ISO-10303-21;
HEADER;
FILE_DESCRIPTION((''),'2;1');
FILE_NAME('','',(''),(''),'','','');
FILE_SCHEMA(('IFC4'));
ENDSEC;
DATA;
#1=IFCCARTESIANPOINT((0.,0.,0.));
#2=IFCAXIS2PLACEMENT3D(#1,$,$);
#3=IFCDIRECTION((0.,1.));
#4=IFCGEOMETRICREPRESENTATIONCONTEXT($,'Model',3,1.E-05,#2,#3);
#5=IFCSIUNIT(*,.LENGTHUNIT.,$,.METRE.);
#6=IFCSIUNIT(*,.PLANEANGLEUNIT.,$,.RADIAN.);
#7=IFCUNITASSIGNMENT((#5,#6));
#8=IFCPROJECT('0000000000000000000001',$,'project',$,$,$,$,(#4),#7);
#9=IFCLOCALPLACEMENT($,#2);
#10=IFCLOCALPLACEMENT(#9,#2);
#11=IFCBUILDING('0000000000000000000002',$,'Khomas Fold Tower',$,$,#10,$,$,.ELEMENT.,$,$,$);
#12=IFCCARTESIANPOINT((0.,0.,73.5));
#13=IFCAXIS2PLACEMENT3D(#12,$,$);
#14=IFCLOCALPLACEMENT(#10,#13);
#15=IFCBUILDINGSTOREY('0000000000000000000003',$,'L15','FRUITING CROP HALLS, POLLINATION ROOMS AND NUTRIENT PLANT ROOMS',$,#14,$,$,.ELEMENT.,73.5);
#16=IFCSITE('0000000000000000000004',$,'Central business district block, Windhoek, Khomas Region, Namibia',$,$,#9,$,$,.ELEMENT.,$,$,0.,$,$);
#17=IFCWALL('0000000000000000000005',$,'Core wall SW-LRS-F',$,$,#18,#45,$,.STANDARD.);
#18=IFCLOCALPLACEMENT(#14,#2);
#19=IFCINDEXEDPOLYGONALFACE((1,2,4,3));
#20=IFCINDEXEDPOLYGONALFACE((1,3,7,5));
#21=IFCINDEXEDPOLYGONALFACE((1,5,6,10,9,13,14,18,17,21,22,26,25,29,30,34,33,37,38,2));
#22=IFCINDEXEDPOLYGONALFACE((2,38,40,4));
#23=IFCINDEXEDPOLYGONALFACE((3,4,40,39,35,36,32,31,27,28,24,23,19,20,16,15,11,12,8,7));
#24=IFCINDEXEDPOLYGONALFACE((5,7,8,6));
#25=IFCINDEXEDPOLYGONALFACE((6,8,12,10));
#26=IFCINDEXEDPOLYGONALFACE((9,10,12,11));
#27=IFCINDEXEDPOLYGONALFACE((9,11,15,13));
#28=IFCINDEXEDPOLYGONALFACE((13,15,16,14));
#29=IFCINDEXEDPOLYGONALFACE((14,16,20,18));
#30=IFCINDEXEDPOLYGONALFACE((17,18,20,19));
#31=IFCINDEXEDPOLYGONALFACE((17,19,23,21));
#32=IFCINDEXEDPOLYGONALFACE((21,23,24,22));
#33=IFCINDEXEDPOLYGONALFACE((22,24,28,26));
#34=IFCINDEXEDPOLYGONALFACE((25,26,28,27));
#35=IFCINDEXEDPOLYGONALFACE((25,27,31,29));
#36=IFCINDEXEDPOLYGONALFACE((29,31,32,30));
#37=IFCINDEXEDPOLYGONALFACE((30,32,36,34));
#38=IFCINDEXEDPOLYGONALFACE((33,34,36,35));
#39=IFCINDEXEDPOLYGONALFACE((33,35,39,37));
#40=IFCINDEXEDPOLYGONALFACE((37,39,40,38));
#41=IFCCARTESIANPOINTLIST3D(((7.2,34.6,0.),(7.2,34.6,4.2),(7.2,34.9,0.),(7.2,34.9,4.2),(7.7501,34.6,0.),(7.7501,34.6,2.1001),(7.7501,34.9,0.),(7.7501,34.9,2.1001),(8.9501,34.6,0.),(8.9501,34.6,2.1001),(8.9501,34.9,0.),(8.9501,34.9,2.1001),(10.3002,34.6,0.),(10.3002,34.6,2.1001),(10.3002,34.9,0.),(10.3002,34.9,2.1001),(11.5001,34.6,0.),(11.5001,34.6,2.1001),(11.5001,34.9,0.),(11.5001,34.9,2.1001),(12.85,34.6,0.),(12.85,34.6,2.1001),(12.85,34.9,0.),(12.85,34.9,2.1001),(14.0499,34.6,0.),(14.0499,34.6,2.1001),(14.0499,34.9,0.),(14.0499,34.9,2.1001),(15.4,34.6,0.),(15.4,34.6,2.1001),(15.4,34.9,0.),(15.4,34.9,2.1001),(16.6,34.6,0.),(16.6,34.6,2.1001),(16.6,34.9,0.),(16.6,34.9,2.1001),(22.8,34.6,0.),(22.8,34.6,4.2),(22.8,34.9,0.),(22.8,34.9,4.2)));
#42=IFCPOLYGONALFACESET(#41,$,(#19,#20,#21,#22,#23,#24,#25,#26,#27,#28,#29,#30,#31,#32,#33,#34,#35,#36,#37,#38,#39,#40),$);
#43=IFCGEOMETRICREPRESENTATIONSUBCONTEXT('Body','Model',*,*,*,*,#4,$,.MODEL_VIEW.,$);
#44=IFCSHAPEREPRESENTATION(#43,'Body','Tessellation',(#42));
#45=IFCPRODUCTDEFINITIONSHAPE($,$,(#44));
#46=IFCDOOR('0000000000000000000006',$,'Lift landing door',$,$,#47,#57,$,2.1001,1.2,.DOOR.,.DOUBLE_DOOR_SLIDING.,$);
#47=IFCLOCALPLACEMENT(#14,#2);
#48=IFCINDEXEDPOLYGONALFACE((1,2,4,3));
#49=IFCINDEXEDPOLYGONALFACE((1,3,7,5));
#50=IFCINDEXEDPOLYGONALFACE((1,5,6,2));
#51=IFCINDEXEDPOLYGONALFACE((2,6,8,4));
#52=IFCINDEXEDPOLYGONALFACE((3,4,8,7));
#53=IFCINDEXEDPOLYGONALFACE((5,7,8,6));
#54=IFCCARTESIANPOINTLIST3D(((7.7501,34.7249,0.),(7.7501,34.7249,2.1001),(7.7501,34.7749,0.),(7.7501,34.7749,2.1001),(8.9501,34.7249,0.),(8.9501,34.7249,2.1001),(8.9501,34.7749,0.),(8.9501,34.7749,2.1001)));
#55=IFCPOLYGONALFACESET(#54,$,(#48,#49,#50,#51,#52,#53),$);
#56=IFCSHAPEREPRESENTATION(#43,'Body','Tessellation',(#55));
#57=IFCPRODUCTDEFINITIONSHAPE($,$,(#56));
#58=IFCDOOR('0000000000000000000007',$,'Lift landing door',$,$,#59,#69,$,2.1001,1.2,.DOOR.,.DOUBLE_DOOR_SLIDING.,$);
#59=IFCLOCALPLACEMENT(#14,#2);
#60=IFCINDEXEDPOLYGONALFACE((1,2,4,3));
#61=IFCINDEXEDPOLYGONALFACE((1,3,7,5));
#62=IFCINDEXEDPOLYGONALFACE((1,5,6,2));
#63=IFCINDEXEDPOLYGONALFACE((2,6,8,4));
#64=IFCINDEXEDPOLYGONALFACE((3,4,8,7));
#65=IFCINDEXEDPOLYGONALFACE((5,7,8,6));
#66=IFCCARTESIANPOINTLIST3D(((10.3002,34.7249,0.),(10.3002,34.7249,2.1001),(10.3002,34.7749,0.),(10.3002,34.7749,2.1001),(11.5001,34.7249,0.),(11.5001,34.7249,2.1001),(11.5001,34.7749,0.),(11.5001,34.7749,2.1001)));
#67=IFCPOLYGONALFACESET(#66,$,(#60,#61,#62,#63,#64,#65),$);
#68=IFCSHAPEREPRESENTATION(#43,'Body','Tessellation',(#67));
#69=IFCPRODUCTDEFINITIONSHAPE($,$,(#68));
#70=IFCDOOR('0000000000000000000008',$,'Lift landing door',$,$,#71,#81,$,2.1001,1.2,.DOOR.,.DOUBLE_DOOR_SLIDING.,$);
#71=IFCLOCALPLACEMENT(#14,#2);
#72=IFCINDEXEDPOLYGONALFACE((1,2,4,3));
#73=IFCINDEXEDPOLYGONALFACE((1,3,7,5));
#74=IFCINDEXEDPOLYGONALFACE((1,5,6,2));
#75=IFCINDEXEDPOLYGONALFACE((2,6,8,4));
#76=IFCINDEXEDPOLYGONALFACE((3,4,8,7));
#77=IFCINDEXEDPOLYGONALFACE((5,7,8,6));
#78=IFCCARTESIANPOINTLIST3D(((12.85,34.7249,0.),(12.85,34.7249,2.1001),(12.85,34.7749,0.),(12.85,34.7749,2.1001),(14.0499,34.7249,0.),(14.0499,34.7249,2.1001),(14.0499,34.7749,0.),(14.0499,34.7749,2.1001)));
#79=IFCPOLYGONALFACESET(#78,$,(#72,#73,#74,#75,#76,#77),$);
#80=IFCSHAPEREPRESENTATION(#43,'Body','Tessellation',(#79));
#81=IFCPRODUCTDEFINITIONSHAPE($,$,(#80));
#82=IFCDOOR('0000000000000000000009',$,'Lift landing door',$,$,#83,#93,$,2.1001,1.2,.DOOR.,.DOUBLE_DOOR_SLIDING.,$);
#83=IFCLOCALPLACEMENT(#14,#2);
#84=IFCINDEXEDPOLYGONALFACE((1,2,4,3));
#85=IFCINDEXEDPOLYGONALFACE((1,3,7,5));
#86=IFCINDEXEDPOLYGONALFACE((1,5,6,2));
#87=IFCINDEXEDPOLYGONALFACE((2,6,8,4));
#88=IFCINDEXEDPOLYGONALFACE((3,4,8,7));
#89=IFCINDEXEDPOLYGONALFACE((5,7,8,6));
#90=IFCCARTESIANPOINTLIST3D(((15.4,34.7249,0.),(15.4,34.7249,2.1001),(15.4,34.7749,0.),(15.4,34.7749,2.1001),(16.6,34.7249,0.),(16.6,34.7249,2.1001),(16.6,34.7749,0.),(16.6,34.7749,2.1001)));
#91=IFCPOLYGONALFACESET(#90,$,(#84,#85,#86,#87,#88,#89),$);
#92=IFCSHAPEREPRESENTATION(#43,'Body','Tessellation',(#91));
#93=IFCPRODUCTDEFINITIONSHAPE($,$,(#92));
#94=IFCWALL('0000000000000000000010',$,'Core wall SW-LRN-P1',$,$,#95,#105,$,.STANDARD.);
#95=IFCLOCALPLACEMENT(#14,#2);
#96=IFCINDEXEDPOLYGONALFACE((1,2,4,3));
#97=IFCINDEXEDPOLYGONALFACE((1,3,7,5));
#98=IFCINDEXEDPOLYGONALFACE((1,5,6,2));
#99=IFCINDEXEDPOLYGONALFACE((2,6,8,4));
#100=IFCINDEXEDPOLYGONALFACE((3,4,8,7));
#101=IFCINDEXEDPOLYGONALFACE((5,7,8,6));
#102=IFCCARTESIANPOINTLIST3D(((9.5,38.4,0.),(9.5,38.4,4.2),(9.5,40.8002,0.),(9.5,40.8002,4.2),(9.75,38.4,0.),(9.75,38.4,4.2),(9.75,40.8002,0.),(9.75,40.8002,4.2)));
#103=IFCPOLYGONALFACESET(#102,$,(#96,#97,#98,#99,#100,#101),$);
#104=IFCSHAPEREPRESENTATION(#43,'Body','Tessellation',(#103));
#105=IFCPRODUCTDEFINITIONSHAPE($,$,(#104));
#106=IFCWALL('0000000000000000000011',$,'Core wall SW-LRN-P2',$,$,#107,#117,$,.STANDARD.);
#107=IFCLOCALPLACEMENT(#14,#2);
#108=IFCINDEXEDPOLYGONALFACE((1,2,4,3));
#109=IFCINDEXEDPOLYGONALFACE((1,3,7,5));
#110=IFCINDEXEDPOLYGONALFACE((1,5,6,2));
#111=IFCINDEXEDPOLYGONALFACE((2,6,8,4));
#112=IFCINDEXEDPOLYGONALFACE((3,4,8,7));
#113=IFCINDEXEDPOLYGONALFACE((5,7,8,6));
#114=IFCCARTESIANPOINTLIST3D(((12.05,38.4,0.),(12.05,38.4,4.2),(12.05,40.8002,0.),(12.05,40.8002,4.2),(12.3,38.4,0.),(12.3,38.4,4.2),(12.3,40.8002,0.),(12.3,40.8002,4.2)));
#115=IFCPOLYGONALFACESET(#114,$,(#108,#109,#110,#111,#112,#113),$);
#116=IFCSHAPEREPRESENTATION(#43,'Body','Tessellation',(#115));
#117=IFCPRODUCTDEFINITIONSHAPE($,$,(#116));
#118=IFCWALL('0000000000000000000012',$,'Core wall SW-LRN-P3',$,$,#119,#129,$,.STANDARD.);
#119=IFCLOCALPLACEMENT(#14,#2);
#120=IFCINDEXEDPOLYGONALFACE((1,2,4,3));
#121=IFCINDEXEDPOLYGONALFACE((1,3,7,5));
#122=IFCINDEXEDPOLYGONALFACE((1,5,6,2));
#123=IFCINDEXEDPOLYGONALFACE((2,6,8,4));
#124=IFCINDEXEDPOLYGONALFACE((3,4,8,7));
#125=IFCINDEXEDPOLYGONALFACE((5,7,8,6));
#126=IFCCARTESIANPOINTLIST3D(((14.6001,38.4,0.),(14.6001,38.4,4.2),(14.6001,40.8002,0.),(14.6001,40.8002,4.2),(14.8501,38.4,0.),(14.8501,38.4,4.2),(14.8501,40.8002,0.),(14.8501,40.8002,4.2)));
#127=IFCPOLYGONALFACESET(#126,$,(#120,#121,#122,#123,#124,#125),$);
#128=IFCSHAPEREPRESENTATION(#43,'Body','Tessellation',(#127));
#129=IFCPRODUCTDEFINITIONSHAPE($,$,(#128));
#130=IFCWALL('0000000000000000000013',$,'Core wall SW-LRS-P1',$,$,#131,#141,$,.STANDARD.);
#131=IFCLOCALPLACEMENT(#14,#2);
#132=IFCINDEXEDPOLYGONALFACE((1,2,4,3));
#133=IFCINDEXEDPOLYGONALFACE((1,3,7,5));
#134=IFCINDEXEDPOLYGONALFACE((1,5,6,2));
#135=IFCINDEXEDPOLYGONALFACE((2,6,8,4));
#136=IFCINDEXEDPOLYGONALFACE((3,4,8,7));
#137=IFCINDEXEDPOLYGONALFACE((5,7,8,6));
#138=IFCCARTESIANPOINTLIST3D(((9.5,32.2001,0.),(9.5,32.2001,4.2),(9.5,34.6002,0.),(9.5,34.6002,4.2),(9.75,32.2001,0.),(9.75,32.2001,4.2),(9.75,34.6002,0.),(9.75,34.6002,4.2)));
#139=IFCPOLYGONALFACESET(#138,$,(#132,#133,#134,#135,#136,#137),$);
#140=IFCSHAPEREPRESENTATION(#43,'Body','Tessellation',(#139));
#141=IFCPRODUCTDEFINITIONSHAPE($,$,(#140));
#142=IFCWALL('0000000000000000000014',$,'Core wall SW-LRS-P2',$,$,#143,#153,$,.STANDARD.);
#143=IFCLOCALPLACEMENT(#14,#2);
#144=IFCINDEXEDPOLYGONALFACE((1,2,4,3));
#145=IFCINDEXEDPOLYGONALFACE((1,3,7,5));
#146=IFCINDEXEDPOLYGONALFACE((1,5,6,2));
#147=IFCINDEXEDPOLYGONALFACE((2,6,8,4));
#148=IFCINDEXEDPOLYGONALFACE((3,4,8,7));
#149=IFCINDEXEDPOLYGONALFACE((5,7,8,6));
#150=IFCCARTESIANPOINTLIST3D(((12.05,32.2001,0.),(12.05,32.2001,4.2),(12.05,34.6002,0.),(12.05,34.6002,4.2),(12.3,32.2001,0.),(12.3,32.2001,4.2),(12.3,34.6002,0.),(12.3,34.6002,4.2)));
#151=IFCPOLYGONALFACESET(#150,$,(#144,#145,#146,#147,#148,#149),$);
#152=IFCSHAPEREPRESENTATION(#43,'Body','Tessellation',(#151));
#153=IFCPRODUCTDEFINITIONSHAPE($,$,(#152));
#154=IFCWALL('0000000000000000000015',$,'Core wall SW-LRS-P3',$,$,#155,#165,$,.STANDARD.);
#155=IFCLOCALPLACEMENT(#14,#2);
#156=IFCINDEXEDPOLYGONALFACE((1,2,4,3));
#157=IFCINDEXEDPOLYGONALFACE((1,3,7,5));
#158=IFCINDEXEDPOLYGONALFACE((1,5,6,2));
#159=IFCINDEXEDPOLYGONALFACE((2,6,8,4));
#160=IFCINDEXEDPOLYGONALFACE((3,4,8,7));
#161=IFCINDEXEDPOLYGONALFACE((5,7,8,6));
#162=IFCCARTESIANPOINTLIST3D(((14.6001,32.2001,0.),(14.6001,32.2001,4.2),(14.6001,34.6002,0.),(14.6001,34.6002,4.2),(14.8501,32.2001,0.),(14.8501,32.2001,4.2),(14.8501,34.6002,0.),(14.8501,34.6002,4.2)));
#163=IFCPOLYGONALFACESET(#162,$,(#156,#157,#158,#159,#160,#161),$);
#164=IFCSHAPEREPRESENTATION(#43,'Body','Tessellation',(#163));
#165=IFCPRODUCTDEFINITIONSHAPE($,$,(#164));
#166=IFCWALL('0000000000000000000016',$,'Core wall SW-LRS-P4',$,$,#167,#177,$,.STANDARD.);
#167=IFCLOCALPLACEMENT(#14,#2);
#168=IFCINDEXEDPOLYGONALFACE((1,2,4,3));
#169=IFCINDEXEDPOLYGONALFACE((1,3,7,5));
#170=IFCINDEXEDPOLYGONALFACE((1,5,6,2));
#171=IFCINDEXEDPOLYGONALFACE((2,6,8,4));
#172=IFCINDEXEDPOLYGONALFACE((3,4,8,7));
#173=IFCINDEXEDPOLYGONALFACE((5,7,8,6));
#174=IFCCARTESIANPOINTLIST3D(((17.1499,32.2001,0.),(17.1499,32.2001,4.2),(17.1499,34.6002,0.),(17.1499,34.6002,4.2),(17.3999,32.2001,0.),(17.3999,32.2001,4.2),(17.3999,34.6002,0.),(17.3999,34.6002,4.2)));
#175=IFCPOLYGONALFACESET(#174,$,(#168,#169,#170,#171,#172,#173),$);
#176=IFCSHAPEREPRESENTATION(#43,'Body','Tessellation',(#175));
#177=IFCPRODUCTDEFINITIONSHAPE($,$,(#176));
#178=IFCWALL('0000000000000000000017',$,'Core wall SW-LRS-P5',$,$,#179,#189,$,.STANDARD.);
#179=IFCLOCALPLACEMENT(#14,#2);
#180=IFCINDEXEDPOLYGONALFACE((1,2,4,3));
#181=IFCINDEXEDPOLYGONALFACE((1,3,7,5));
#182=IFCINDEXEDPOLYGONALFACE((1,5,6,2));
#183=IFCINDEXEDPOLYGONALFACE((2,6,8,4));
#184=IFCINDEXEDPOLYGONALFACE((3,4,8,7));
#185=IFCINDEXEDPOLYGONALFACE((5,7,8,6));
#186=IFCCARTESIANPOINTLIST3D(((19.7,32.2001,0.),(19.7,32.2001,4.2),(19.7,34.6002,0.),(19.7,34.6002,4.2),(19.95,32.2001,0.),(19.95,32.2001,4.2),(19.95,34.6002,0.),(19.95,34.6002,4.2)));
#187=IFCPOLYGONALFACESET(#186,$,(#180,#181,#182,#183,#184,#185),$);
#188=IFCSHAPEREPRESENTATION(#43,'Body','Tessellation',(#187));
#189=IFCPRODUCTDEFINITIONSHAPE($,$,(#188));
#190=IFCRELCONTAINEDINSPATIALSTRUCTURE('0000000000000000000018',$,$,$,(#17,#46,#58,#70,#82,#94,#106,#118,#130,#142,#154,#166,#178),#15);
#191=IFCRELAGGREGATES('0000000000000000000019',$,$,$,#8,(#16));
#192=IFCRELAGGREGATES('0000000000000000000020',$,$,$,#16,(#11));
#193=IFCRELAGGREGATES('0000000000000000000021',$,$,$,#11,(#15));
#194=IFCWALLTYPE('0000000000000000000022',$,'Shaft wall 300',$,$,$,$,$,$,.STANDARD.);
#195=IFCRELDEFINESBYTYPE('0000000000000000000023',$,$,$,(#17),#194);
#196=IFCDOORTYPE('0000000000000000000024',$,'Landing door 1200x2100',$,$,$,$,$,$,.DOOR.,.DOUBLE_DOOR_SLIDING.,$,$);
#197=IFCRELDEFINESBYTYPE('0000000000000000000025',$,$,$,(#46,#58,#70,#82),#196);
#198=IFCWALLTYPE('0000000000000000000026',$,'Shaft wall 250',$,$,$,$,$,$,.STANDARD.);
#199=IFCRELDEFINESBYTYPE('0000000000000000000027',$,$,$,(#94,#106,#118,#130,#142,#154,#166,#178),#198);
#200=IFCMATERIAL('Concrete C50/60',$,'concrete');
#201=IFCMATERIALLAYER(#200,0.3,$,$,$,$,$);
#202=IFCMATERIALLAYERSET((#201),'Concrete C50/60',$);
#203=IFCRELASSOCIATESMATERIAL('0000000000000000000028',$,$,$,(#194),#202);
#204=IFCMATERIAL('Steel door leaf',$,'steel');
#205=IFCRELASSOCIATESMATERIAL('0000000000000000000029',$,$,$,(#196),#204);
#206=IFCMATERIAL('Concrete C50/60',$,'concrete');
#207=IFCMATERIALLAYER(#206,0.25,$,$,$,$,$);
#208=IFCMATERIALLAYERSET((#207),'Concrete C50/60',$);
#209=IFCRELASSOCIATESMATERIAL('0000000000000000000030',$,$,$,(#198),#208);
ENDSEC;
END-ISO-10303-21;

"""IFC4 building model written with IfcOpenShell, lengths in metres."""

from ifc_helpers import new_model, si_unit, direction, frame, frame_2d, origin, place, context, subcontext, project, spatial, rectangle, extrude, source, transform, mapped, material, layer, layer_set, type_object, element, fill, save


model = new_model("IFC4")

# Units and contexts
model_context = context("Model", 3, precision=1e-05, world=origin(), true_north=direction((0.0, 1.0)))
body_context = subcontext(model_context, "Body", "Model", "MODEL_VIEW")
ifc_project = project(units=[si_unit("LENGTHUNIT", "METRE"), si_unit("PLANEANGLEUNIT", "RADIAN")], contexts=[model_context])

# Site, building, storey
site_placement = place(None, origin())
site = spatial("IfcSite", under=ifc_project, at=site_placement, Name="Central business district block, Windhoek, Khomas Region, Namibia", CompositionType="ELEMENT", RefElevation=0.0)
building_placement = place(site_placement, origin())
building = spatial("IfcBuilding", under=site, at=building_placement, Name="Khomas Fold Tower", CompositionType="ELEMENT")
storey_placement = place(building_placement, frame((0.0, 0.0, 73.5)))
storey = spatial("IfcBuildingStorey", under=building, at=storey_placement, Name="L15", Description="FRUITING CROP HALLS, POLLINATION ROOMS AND NUTRIENT PLANT ROOMS", CompositionType="ELEMENT", Elevation=73.5)

# Shared definitions
ifc_material_1 = material(Name="Concrete C50/60", Category="concrete")
ifc_layer_1 = layer(ifc_material_1, 0.3)
ifc_layer_set_1 = layer_set([ifc_layer_1], Name="Concrete C50/60")
wall_type_1 = type_object("IfcWallType", Name="Shaft wall 300", PredefinedType="STANDARD", material=ifc_layer_set_1)
shared_shape_1 = source(origin(), body_context, "Body", "SweptSolid", [
    extrude(rectangle(XDim=15.6001, YDim=0.3, at=frame_2d((7.8, 0.0))), origin(), (0.0, 0.0, 1.0), 4.2),
])

# Wall, openings, doors
shared_shape_2 = source(origin(), body_context, "Body", "SweptSolid", [
    extrude(rectangle(XDim=1.2, YDim=2.1001, at=frame_2d((0.6001, 1.05))), frame((0.0, 0.1599, 0.0), z_axis=(0.0, -1.0, 0.0), x_axis=(1.0, 0.0, 0.0)), (0.0, 0.0, 1.0), 0.3201),
])
ifc_material_2 = material(Name="Steel door leaf", Category="steel")
door_type_1 = type_object("IfcDoorType", Name="Landing door 1200x2100", OperationType="DOUBLE_DOOR_SLIDING", PredefinedType="DOOR", material=ifc_material_2)
shared_shape_3 = source(origin(), body_context, "Body", "SweptSolid", [
    extrude(rectangle(XDim=1.2, YDim=2.1001, at=frame_2d((0.6001, 1.05))), frame((0.0, 0.0249, 0.0), z_axis=(0.0, -1.0, 0.0), x_axis=(1.0, 0.0, 0.0)), (0.0, 0.0, 1.0), 0.05),
])
wall_1_placement = place(storey_placement, frame((7.2, 34.75, 0.0), z_axis=(0.0, 0.0, 1.0), x_axis=(1.0, 0.0, 0.0)))
wall_1 = element("IfcWall", 1, at=wall_1_placement, inside=storey, type_object=wall_type_1, Name="Core wall SW-LRS-F", PredefinedType="STANDARD", context=body_context, shape_type="MappedRepresentation", body=[
    mapped(shared_shape_1, transform((0.0, 0.0, 0.0))),
])
opening_1_placement = place(wall_1_placement, frame((0.55, 0.0, 0.0)))
opening_1 = element("IfcOpeningElement", 2, at=opening_1_placement, cuts=wall_1, PredefinedType="OPENING", context=body_context, shape_type="MappedRepresentation", body=[
    mapped(shared_shape_2, transform((0.0, 0.0, 0.0))),
])
opening_2_placement = place(wall_1_placement, frame((3.1001, 0.0, 0.0)))
opening_2 = element("IfcOpeningElement", 3, at=opening_2_placement, cuts=wall_1, PredefinedType="OPENING", context=body_context, shape_type="MappedRepresentation", body=[
    mapped(shared_shape_2, transform((0.0, 0.0, 0.0))),
])
opening_3_placement = place(wall_1_placement, frame((5.6499, 0.0, 0.0)))
opening_3 = element("IfcOpeningElement", 4, at=opening_3_placement, cuts=wall_1, PredefinedType="OPENING", context=body_context, shape_type="MappedRepresentation", body=[
    mapped(shared_shape_2, transform((0.0, 0.0, 0.0))),
])
opening_4_placement = place(wall_1_placement, frame((8.2, 0.0, 0.0)))
opening_4 = element("IfcOpeningElement", 5, at=opening_4_placement, cuts=wall_1, PredefinedType="OPENING", context=body_context, shape_type="MappedRepresentation", body=[
    mapped(shared_shape_2, transform((0.0, 0.0, 0.0))),
])
door_1_placement = place(opening_1_placement, origin())
door_1 = element("IfcDoor", 6, at=door_1_placement, inside=storey, type_object=door_type_1, Name="Lift landing door", OperationType="DOUBLE_DOOR_SLIDING", OverallHeight=2.1001, OverallWidth=1.2, PredefinedType="DOOR", context=body_context, shape_type="MappedRepresentation", body=[
    mapped(shared_shape_3, transform((0.0, 0.0, 0.0))),
])
fill(opening_1, door_1)
door_2_placement = place(opening_2_placement, origin())
door_2 = element("IfcDoor", 7, at=door_2_placement, inside=storey, type_object=door_type_1, Name="Lift landing door", OperationType="DOUBLE_DOOR_SLIDING", OverallHeight=2.1001, OverallWidth=1.2, PredefinedType="DOOR", context=body_context, shape_type="MappedRepresentation", body=[
    mapped(shared_shape_3, transform((0.0, 0.0, 0.0))),
])
fill(opening_2, door_2)
door_3_placement = place(opening_3_placement, origin())
door_3 = element("IfcDoor", 8, at=door_3_placement, inside=storey, type_object=door_type_1, Name="Lift landing door", OperationType="DOUBLE_DOOR_SLIDING", OverallHeight=2.1001, OverallWidth=1.2, PredefinedType="DOOR", context=body_context, shape_type="MappedRepresentation", body=[
    mapped(shared_shape_3, transform((0.0, 0.0, 0.0))),
])
fill(opening_3, door_3)
door_4_placement = place(opening_4_placement, origin())
door_4 = element("IfcDoor", 9, at=door_4_placement, inside=storey, type_object=door_type_1, Name="Lift landing door", OperationType="DOUBLE_DOOR_SLIDING", OverallHeight=2.1001, OverallWidth=1.2, PredefinedType="DOOR", context=body_context, shape_type="MappedRepresentation", body=[
    mapped(shared_shape_3, transform((0.0, 0.0, 0.0))),
])
fill(opening_4, door_4)

# Walls
ifc_material_3 = material(Name="Concrete C50/60", Category="concrete")
ifc_layer_2 = layer(ifc_material_3, 0.25)
ifc_layer_set_2 = layer_set([ifc_layer_2], Name="Concrete C50/60")
wall_type_2 = type_object("IfcWallType", Name="Shaft wall 250", PredefinedType="STANDARD", material=ifc_layer_set_2)
shared_shape_4 = source(origin(), body_context, "Body", "SweptSolid", [
    extrude(rectangle(XDim=2.4001, YDim=0.25, at=frame_2d((1.2002, 0.0))), origin(), (0.0, 0.0, 1.0), 4.2),
])
for number, where, z_axis, x_axis, name in (
    (10, (9.625, 38.3999, 0.0), (0.0, 0.0, 1.0), (0.0, 1.0, 0.0), "Core wall SW-LRN-P1"),
    (11, (12.175, 38.3999, 0.0), (0.0, 0.0, 1.0), (0.0, 1.0, 0.0), "Core wall SW-LRN-P2"),
    (12, (14.7251, 38.3999, 0.0), (0.0, 0.0, 1.0), (0.0, 1.0, 0.0), "Core wall SW-LRN-P3"),
    (13, (9.625, 32.2, 0.0), (0.0, 0.0, 1.0), (0.0, 1.0, 0.0), "Core wall SW-LRS-P1"),
    (14, (12.175, 32.2, 0.0), (0.0, 0.0, 1.0), (0.0, 1.0, 0.0), "Core wall SW-LRS-P2"),
    (15, (14.7251, 32.2, 0.0), (0.0, 0.0, 1.0), (0.0, 1.0, 0.0), "Core wall SW-LRS-P3"),
    (16, (17.2749, 32.2, 0.0), (0.0, 0.0, 1.0), (0.0, 1.0, 0.0), "Core wall SW-LRS-P4"),
    (17, (19.825, 32.2, 0.0), (0.0, 0.0, 1.0), (0.0, 1.0, 0.0), "Core wall SW-LRS-P5"),
):
    element("IfcWall", number, at=place(storey_placement, frame(where, z_axis=z_axis, x_axis=x_axis)), inside=storey, type_object=wall_type_2, Name=name, PredefinedType="STANDARD", context=body_context, shape_type="MappedRepresentation", body=[
        mapped(shared_shape_4, transform((0.0, 0.0, 0.0))),
    ])

save(model, "model.ifc")
